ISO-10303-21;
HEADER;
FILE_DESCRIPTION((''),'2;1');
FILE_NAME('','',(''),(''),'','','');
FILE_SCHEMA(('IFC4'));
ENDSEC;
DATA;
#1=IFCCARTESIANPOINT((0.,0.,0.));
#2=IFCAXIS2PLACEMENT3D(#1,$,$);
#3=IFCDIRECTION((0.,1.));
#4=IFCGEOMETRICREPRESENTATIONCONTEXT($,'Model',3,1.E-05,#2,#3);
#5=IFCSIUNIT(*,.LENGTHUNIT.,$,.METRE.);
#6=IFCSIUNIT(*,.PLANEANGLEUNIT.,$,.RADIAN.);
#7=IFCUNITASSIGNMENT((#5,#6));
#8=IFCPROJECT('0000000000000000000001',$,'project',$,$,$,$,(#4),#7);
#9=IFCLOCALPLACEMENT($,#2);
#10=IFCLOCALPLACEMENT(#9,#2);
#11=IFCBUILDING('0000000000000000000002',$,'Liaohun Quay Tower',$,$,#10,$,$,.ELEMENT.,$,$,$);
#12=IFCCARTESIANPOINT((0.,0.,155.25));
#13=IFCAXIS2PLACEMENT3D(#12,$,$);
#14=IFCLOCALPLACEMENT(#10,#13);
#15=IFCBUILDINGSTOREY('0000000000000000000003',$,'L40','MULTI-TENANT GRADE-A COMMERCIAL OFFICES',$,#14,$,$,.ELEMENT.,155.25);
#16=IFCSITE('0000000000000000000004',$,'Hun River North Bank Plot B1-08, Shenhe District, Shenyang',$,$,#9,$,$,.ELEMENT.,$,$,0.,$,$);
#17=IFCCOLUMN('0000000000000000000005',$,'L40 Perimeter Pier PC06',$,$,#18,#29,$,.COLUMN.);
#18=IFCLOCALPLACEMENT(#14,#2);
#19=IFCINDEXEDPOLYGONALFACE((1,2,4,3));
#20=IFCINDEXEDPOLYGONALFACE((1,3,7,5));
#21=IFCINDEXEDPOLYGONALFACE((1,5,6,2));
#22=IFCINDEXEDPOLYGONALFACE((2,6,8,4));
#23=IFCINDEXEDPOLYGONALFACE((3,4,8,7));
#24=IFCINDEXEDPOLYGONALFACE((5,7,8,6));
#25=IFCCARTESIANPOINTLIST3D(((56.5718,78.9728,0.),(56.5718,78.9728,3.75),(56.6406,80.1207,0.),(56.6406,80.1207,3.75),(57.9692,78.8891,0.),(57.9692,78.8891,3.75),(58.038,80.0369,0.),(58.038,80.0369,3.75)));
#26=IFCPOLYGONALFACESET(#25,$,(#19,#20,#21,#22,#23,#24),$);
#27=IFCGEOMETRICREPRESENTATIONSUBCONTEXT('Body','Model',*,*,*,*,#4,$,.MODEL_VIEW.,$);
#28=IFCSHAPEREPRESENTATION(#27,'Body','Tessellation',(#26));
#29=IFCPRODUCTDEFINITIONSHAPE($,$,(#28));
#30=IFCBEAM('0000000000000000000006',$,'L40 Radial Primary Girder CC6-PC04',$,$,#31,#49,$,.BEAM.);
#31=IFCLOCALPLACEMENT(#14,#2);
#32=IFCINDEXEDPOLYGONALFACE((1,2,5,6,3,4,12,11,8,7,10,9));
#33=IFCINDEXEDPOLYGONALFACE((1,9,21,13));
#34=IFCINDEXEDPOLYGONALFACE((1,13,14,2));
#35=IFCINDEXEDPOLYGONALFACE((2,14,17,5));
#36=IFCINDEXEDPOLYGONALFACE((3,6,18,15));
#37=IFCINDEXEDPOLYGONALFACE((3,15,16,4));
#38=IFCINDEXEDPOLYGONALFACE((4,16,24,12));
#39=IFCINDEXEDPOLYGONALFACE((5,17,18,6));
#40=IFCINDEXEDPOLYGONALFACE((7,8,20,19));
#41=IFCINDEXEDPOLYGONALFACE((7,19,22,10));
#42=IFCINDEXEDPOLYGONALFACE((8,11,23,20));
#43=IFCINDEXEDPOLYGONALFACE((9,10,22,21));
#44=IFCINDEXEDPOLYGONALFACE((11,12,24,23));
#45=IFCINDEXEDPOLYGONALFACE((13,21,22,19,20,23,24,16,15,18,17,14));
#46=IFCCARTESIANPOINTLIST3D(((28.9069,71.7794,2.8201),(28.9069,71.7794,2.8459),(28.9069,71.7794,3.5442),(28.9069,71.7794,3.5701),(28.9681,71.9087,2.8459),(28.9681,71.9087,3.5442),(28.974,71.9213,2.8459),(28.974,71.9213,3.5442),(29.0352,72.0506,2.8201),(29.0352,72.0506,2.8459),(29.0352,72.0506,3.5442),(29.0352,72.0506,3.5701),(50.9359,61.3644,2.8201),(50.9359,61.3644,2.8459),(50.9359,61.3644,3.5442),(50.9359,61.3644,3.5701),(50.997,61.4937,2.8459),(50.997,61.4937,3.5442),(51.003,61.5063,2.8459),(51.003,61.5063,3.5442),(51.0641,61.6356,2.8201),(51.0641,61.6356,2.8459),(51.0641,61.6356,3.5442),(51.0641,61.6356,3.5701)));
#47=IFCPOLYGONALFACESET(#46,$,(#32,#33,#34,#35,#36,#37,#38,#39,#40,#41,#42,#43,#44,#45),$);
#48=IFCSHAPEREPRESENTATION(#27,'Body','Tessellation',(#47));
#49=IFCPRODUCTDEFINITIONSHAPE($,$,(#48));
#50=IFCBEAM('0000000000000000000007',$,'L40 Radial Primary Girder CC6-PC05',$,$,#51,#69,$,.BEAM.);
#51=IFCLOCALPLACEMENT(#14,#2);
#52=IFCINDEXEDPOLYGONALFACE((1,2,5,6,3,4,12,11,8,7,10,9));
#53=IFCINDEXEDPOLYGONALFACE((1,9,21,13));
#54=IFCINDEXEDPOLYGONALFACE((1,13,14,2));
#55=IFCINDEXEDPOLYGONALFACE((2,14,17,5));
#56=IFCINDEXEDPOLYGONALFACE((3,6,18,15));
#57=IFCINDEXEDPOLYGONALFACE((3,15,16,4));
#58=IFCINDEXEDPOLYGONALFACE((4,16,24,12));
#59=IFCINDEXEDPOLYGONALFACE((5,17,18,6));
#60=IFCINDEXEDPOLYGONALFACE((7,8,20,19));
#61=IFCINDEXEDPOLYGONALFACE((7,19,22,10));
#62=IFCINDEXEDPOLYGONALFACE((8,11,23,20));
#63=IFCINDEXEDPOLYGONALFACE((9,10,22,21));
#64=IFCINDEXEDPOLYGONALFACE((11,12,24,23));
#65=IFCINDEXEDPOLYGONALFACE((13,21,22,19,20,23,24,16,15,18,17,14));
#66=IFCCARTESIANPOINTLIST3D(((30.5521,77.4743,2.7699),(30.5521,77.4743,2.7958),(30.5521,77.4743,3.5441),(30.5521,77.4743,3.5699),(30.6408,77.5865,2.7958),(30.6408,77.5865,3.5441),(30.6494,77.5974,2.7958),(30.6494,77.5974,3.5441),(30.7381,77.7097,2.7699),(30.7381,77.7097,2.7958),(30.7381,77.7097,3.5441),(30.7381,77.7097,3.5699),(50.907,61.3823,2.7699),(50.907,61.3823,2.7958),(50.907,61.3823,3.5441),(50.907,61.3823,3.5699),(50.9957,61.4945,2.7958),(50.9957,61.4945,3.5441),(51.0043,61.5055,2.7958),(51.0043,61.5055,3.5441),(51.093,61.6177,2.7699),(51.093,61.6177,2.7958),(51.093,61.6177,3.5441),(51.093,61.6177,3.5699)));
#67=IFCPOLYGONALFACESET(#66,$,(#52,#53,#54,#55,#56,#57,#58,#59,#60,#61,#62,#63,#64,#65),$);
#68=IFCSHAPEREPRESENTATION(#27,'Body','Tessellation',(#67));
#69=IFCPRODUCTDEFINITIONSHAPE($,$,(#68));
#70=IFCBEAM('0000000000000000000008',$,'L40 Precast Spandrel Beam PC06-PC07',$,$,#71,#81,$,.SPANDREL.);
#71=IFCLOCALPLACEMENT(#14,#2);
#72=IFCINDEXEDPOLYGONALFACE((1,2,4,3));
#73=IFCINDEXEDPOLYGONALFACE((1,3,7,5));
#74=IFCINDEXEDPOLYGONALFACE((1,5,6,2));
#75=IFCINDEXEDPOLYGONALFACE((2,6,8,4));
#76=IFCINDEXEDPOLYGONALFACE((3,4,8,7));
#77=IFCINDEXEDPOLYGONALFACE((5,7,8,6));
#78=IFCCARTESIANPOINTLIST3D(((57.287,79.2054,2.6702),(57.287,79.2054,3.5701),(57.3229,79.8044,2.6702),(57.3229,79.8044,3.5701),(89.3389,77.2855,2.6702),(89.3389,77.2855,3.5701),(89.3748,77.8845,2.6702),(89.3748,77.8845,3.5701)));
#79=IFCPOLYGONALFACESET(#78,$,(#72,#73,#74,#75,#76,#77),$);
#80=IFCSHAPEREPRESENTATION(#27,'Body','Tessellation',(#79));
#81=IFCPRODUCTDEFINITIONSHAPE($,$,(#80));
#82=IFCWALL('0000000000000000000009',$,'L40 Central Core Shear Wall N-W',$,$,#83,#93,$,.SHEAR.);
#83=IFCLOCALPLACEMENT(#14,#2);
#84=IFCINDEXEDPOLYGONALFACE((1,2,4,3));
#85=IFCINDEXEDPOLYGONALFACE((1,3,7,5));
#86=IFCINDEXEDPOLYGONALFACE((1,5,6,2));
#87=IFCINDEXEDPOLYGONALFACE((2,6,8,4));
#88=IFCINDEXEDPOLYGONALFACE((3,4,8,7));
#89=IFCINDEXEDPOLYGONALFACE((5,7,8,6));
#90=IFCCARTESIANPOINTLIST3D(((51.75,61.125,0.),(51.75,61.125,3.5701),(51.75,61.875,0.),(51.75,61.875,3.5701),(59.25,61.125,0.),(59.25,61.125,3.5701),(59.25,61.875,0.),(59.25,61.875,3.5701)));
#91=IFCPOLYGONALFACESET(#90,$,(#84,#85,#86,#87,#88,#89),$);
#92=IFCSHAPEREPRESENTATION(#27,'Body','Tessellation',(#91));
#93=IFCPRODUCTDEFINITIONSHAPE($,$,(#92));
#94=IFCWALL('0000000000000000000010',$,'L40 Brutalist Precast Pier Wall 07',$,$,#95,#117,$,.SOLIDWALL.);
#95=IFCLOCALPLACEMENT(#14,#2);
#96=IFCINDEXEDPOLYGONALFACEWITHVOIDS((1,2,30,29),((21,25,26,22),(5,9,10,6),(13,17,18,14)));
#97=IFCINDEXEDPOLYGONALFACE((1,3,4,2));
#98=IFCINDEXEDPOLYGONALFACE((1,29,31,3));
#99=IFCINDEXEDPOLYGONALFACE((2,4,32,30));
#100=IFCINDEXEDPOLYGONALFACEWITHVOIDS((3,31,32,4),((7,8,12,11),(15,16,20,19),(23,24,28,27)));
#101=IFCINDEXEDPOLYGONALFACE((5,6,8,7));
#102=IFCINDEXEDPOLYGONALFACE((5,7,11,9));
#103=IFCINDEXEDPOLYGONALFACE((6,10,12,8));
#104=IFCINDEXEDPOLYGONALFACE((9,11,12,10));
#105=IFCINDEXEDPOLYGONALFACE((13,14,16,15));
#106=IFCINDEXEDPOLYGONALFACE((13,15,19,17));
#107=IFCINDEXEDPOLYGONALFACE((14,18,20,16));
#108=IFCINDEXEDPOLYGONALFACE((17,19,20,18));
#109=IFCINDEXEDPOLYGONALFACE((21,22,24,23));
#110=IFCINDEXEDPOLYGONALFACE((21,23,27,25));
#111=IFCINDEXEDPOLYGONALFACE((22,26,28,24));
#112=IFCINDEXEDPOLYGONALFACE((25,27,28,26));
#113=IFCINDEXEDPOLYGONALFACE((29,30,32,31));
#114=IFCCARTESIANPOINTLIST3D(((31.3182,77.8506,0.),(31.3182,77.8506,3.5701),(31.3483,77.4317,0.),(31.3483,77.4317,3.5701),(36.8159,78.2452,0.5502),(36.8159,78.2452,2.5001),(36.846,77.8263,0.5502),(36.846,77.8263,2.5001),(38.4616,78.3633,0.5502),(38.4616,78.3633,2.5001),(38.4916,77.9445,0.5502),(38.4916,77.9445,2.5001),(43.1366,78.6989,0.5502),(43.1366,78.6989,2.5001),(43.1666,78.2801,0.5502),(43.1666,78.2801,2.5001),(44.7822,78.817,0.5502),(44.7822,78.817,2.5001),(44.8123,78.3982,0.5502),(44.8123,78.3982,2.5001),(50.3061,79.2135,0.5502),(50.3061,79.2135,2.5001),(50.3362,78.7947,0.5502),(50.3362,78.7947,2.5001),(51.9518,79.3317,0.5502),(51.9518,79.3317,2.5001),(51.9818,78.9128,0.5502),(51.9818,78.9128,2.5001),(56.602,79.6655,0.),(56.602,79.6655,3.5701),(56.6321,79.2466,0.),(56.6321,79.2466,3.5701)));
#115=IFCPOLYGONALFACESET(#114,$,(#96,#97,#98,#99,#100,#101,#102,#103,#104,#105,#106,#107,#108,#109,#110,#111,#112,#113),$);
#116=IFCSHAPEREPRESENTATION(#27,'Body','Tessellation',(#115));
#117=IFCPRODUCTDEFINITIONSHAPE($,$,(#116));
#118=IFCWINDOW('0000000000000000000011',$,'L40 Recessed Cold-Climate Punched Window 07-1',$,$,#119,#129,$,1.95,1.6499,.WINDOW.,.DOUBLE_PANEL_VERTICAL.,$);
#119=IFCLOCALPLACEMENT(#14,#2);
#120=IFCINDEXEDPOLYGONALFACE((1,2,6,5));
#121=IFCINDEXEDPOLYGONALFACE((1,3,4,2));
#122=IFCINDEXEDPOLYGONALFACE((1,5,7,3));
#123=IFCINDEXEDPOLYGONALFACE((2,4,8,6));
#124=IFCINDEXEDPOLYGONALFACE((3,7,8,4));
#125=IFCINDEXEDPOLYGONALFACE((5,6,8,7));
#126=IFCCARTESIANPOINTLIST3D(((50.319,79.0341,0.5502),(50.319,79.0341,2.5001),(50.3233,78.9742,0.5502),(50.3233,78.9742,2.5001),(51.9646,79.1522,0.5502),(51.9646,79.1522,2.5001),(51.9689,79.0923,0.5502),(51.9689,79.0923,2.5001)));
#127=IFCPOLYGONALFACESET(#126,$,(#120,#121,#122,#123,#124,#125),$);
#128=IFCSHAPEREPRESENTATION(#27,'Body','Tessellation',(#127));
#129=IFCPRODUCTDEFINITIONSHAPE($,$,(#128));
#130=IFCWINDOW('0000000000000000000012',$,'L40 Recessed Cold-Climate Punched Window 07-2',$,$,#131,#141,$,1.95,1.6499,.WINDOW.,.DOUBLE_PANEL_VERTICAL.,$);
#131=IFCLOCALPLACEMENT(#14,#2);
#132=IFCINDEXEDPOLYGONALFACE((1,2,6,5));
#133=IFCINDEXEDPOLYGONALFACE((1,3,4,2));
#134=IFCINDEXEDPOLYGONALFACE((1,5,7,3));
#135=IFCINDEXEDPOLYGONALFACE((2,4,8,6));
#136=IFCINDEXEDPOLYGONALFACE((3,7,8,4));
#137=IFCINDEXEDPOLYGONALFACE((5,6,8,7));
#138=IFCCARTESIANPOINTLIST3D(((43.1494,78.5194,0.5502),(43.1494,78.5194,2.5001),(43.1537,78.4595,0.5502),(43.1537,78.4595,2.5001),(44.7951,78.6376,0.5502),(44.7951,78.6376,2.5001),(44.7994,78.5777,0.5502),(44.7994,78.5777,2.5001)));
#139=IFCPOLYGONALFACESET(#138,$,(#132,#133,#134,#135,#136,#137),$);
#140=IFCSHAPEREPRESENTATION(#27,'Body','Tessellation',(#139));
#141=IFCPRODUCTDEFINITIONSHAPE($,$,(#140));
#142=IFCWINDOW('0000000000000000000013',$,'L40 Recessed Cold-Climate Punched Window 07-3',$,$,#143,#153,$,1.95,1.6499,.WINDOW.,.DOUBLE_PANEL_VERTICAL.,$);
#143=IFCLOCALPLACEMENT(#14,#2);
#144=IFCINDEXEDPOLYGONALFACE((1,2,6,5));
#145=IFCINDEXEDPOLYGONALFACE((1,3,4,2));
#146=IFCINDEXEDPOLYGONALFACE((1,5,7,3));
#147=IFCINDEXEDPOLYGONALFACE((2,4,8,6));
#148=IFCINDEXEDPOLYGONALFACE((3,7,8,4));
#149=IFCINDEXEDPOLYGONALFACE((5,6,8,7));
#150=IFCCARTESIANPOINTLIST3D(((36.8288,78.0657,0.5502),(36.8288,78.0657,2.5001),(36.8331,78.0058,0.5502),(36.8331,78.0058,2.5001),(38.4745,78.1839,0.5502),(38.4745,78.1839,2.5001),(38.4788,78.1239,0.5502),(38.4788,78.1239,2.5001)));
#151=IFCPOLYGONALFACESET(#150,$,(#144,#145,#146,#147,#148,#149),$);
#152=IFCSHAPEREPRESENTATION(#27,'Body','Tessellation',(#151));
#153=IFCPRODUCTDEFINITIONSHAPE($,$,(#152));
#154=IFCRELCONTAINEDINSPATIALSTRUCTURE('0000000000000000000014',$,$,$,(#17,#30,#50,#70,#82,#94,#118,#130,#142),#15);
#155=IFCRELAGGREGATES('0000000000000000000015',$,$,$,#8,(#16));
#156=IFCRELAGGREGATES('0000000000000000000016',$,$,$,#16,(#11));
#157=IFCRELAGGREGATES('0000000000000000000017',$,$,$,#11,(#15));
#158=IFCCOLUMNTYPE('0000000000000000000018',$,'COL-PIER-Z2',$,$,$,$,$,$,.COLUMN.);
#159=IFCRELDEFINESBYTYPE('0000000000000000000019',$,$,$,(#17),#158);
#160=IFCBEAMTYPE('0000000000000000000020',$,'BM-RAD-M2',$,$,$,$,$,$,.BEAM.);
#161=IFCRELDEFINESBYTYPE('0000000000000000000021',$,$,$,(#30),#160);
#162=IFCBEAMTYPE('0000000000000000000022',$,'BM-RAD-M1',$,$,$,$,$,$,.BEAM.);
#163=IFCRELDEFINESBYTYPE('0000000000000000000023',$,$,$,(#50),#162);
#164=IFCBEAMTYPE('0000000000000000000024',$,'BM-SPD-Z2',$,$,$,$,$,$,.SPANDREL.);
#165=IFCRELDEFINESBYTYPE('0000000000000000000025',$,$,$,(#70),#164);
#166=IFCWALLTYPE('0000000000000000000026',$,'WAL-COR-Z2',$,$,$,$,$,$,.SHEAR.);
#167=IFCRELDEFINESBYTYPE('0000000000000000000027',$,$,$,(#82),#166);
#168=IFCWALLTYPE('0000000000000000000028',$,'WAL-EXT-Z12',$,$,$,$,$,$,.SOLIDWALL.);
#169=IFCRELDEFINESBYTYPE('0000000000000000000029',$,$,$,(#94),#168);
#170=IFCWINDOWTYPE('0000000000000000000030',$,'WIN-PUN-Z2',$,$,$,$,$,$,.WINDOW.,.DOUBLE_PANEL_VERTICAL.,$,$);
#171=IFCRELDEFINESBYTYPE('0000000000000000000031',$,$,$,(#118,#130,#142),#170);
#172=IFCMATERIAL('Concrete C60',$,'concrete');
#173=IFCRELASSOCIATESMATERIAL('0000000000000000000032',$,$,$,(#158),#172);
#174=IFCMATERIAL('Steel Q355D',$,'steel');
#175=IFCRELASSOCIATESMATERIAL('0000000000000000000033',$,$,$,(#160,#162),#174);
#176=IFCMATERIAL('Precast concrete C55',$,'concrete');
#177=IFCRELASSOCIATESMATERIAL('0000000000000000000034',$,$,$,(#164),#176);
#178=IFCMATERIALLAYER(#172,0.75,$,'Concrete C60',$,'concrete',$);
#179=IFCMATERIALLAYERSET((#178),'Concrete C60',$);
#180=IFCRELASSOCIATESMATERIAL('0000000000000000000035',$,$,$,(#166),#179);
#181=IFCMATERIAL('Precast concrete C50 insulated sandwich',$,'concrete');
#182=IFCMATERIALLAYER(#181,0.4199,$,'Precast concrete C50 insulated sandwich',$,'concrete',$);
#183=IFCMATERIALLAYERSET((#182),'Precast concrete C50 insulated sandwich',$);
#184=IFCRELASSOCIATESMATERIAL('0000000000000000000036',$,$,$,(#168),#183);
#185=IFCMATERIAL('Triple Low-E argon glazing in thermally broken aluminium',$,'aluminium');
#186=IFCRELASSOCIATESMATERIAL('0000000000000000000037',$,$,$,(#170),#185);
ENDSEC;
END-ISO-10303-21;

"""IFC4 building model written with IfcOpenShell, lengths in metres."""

from ifc_helpers import new_model, si_unit, direction, frame, frame_2d, origin, origin_2d, place, context, subcontext, project, spatial, rectangle, i_section, extrude, source, transform, mapped, material, layer, layer_set, material_profile, profile_set, type_object, element, fill, save


model = new_model("IFC4")

# Units and contexts
model_context = context("Model", 3, precision=1e-05, world=origin(), true_north=direction((0.0, 1.0)))
body_context = subcontext(model_context, "Body", "Model", "MODEL_VIEW")
ifc_project = project(units=[si_unit("LENGTHUNIT", "METRE"), si_unit("PLANEANGLEUNIT", "RADIAN")], contexts=[model_context])

# Site, building, storey
site_placement = place(None, origin())
site = spatial("IfcSite", under=ifc_project, at=site_placement, Name="Hun River North Bank Plot B1-08, Shenhe District, Shenyang", CompositionType="ELEMENT", RefElevation=0.0)
building_placement = place(site_placement, origin())
building = spatial("IfcBuilding", under=site, at=building_placement, Name="Liaohun Quay Tower", CompositionType="ELEMENT")
storey_placement = place(building_placement, frame((0.0, 0.0, 155.25)))
storey = spatial("IfcBuildingStorey", under=building, at=storey_placement, Name="L40", Description="MULTI-TENANT GRADE-A COMMERCIAL OFFICES", CompositionType="ELEMENT", Elevation=155.25)

# Column
ifc_material_1 = material(Name="Concrete C60", Category="concrete")
ifc_material_profile_1 = material_profile(ifc_material_1, rectangle(XDim=1.3999, YDim=1.1499, at=origin_2d()), Name="RC1400x1150")
ifc_profile_set_1 = profile_set([ifc_material_profile_1], Name="Concrete C60")
column_type = type_object("IfcColumnType", Name="COL-PIER-Z2", PredefinedType="COLUMN", material=ifc_profile_set_1)
shared_shape_1 = source(origin(), body_context, "Body", "SweptSolid", [
    extrude(rectangle(XDim=1.3999, YDim=1.1499, at=origin_2d()), origin(), (0.0, 0.0, 1.0), 3.75),
])
column_placement = place(storey_placement, frame((57.3049, 79.5049, 0.0), z_axis=(0.0, 0.0, 1.0), x_axis=(-0.998209, 0.059829, 0.0)))
element("IfcColumn", 1, at=column_placement, inside=storey, type_object=column_type, Name="L40 Perimeter Pier PC06", PredefinedType="COLUMN", context=body_context, shape_type="MappedRepresentation", body=[
    mapped(shared_shape_1, transform((0.0, 0.0, 0.0), x_axis=(1.0, 0.0, 0.0), y_axis=(0.0, 1.0, 0.0), z_axis=(0.0, 0.0, 1.0), scale=1.0)),
])

# Beams
ifc_material_2 = material(Name="Steel Q355D", Category="steel")
ifc_material_profile_2 = material_profile(ifc_material_2, i_section(OverallWidth=0.3, OverallDepth=0.75, WebThickness=0.0139, FlangeThickness=0.0259, at=origin_2d()), Name="HN750x300x14x26")
ifc_profile_set_2 = profile_set([ifc_material_profile_2], Name="Steel Q355D")
beam_type_1 = type_object("IfcBeamType", Name="BM-RAD-M2", PredefinedType="BEAM", material=ifc_profile_set_2)
shared_shape_2 = source(origin(), body_context, "Body", "SweptSolid", [
    extrude(i_section(OverallWidth=0.3, OverallDepth=0.75, WebThickness=0.0139, FlangeThickness=0.0259, at=origin_2d()), origin(), (0.0, 0.0, 1.0), 24.3669),
])
beam_1_placement = place(storey_placement, frame((51.0, 61.5, 3.1951), z_axis=(-0.904052, 0.427423, 0.0), x_axis=(-0.427423, -0.904052, 0.0)))
element("IfcBeam", 2, at=beam_1_placement, inside=storey, type_object=beam_type_1, Name="L40 Radial Primary Girder CC6-PC04", PredefinedType="BEAM", context=body_context, shape_type="MappedRepresentation", body=[
    mapped(shared_shape_2, transform((0.0, 0.0, 0.0), x_axis=(1.0, 0.0, 0.0), y_axis=(0.0, 1.0, 0.0), z_axis=(0.0, 0.0, 1.0), scale=1.0)),
])
ifc_material_profile_3 = material_profile(ifc_material_2, i_section(OverallWidth=0.3, OverallDepth=0.8, WebThickness=0.0139, FlangeThickness=0.0259, at=origin_2d()), Name="HN800x300x14x26")
ifc_profile_set_3 = profile_set([ifc_material_profile_3], Name="Steel Q355D")
beam_type_2 = type_object("IfcBeamType", Name="BM-RAD-M1", PredefinedType="BEAM", material=ifc_profile_set_3)
shared_shape_3 = source(origin(), body_context, "Body", "SweptSolid", [
    extrude(i_section(OverallWidth=0.3, OverallDepth=0.8, WebThickness=0.0139, FlangeThickness=0.0259, at=origin_2d()), origin(), (0.0, 0.0, 1.0), 25.9475),
])
beam_2_placement = place(storey_placement, frame((51.0, 61.5, 3.1699), z_axis=(-0.784464, 0.620174, 0.0), x_axis=(-0.620174, -0.784464, 0.0)))
element("IfcBeam", 3, at=beam_2_placement, inside=storey, type_object=beam_type_2, Name="L40 Radial Primary Girder CC6-PC05", PredefinedType="BEAM", context=body_context, shape_type="MappedRepresentation", body=[
    mapped(shared_shape_3, transform((0.0, 0.0, 0.0), x_axis=(1.0, 0.0, 0.0), y_axis=(0.0, 1.0, 0.0), z_axis=(0.0, 0.0, 1.0), scale=1.0)),
])
ifc_material_3 = material(Name="Precast concrete C55", Category="concrete")
ifc_material_profile_4 = material_profile(ifc_material_3, rectangle(XDim=0.6001, YDim=0.8999, at=origin_2d()), Name="RC600x900")
ifc_profile_set_4 = profile_set([ifc_material_profile_4], Name="Precast concrete C55")
beam_type_3 = type_object("IfcBeamType", Name="BM-SPD-Z2", PredefinedType="SPANDREL", material=ifc_profile_set_4)
shared_shape_4 = source(origin(), body_context, "Body", "SweptSolid", [
    extrude(rectangle(XDim=0.6001, YDim=0.8999, at=origin_2d()), origin(), (0.0, 0.0, 1.0), 32.1094),
])
beam_3_placement = place(storey_placement, frame((57.3049, 79.5049, 3.1201), z_axis=(0.998211, -0.059793, 0.0), x_axis=(0.059793, 0.998211, 0.0)))
element("IfcBeam", 4, at=beam_3_placement, inside=storey, type_object=beam_type_3, Name="L40 Precast Spandrel Beam PC06-PC07", PredefinedType="SPANDREL", context=body_context, shape_type="MappedRepresentation", body=[
    mapped(shared_shape_4, transform((0.0, 0.0, 0.0), x_axis=(1.0, 0.0, 0.0), y_axis=(0.0, 1.0, 0.0), z_axis=(0.0, 0.0, 1.0), scale=1.0)),
])

# Wall
ifc_layer_1 = layer(ifc_material_1, 0.75, Name="Concrete C60", Category="concrete")
ifc_layer_set_1 = layer_set([ifc_layer_1], Name="Concrete C60")
wall_type_1 = type_object("IfcWallType", Name="WAL-COR-Z2", PredefinedType="SHEAR", material=ifc_layer_set_1)
wall_1_placement = place(storey_placement, frame((51.75, 61.5, 0.0), z_axis=(0.0, 0.0, 1.0), x_axis=(1.0, 0.0, 0.0)))
element("IfcWall", 5, at=wall_1_placement, inside=storey, type_object=wall_type_1, Name="L40 Central Core Shear Wall N-W", PredefinedType="SHEAR", context=body_context, shape_type="SweptSolid", body=[
    extrude(rectangle(XDim=7.5, YDim=0.75, at=frame_2d((3.75, 0.0))), origin(), (0.0, 0.0, 1.0), 3.5701),
])

# Wall, openings, windows
ifc_material_4 = material(Name="Precast concrete C50 insulated sandwich", Category="concrete")
ifc_layer_2 = layer(ifc_material_4, 0.4199, Name="Precast concrete C50 insulated sandwich", Category="concrete")
ifc_layer_set_2 = layer_set([ifc_layer_2], Name="Precast concrete C50 insulated sandwich")
wall_type_2 = type_object("IfcWallType", Name="WAL-EXT-Z12", PredefinedType="SOLIDWALL", material=ifc_layer_set_2)
wall_2_placement = place(storey_placement, frame((56.6169, 79.4561, 0.0), z_axis=(0.0, 0.0, 1.0), x_axis=(-0.997434, -0.071598, 0.0)))
wall_2 = element("IfcWall", 6, at=wall_2_placement, inside=storey, type_object=wall_type_2, Name="L40 Brutalist Precast Pier Wall 07", PredefinedType="SOLIDWALL", context=body_context, shape_type="SweptSolid", body=[
    extrude(rectangle(XDim=25.3489, YDim=0.4199, at=frame_2d((12.6743, 0.0))), origin(), (0.0, 0.0, 1.0), 3.5701),
])
shared_shape_5 = source(origin(), body_context, "Body", "SweptSolid", [
    extrude(rectangle(XDim=1.6499, YDim=1.95, at=frame_2d((0.825, 0.9751))), frame((0.0, 0.22, 0.0), z_axis=(0.0, -1.0, 0.0), x_axis=(1.0, 0.0, 0.0)), (0.0, 0.0, 1.0), 0.4399),
])
opening_1_placement = place(wall_2_placement, frame((4.6621, 0.0, 0.55)))
opening_1 = element("IfcOpeningElement", 7, at=opening_1_placement, cuts=wall_2, PredefinedType="OPENING", context=body_context, shape_type="MappedRepresentation", body=[
    mapped(shared_shape_5, transform((0.0, 0.0, 0.0), x_axis=(1.0, 0.0, 0.0), y_axis=(0.0, 1.0, 0.0), z_axis=(0.0, 0.0, 1.0), scale=1.0)),
])
opening_2_placement = place(wall_2_placement, frame((11.8501, 0.0, 0.55)))
opening_2 = element("IfcOpeningElement", 8, at=opening_2_placement, cuts=wall_2, PredefinedType="OPENING", context=body_context, shape_type="MappedRepresentation", body=[
    mapped(shared_shape_5, transform((0.0, 0.0, 0.0), x_axis=(1.0, 0.0, 0.0), y_axis=(0.0, 1.0, 0.0), z_axis=(0.0, 0.0, 1.0), scale=1.0)),
])
opening_3_placement = place(wall_2_placement, frame((18.187, 0.0, 0.55)))
opening_3 = element("IfcOpeningElement", 9, at=opening_3_placement, cuts=wall_2, PredefinedType="OPENING", context=body_context, shape_type="MappedRepresentation", body=[
    mapped(shared_shape_5, transform((0.0, 0.0, 0.0), x_axis=(1.0, 0.0, 0.0), y_axis=(0.0, 1.0, 0.0), z_axis=(0.0, 0.0, 1.0), scale=1.0)),
])
ifc_material_5 = material(Name="Triple Low-E argon glazing in thermally broken aluminium", Category="aluminium")
window_type = type_object("IfcWindowType", Name="WIN-PUN-Z2", PartitioningType="DOUBLE_PANEL_VERTICAL", PredefinedType="WINDOW", material=ifc_material_5)
shared_shape_6 = source(origin(), body_context, "Body", "SweptSolid", [
    extrude(rectangle(XDim=1.6499, YDim=1.95, at=frame_2d((0.825, 0.9751))), frame((0.0, 0.03, 0.0), z_axis=(0.0, -1.0, 0.0), x_axis=(1.0, 0.0, 0.0)), (0.0, 0.0, 1.0), 0.0601),
])
window_1_placement = place(opening_1_placement, origin())
window_1 = element("IfcWindow", 10, at=window_1_placement, inside=storey, type_object=window_type, Name="L40 Recessed Cold-Climate Punched Window 07-1", OverallHeight=1.95, OverallWidth=1.6499, PartitioningType="DOUBLE_PANEL_VERTICAL", PredefinedType="WINDOW", context=body_context, shape_type="MappedRepresentation", body=[
    mapped(shared_shape_6, transform((0.0, 0.0, 0.0), x_axis=(1.0, 0.0, 0.0), y_axis=(0.0, 1.0, 0.0), z_axis=(0.0, 0.0, 1.0), scale=1.0)),
])
fill(opening_1, window_1)
window_2_placement = place(opening_2_placement, origin())
window_2 = element("IfcWindow", 11, at=window_2_placement, inside=storey, type_object=window_type, Name="L40 Recessed Cold-Climate Punched Window 07-2", OverallHeight=1.95, OverallWidth=1.6499, PartitioningType="DOUBLE_PANEL_VERTICAL", PredefinedType="WINDOW", context=body_context, shape_type="MappedRepresentation", body=[
    mapped(shared_shape_6, transform((0.0, 0.0, 0.0), x_axis=(1.0, 0.0, 0.0), y_axis=(0.0, 1.0, 0.0), z_axis=(0.0, 0.0, 1.0), scale=1.0)),
])
fill(opening_2, window_2)
window_3_placement = place(opening_3_placement, origin())
window_3 = element("IfcWindow", 12, at=window_3_placement, inside=storey, type_object=window_type, Name="L40 Recessed Cold-Climate Punched Window 07-3", OverallHeight=1.95, OverallWidth=1.6499, PartitioningType="DOUBLE_PANEL_VERTICAL", PredefinedType="WINDOW", context=body_context, shape_type="MappedRepresentation", body=[
    mapped(shared_shape_6, transform((0.0, 0.0, 0.0), x_axis=(1.0, 0.0, 0.0), y_axis=(0.0, 1.0, 0.0), z_axis=(0.0, 0.0, 1.0), scale=1.0)),
])
fill(opening_3, window_3)

save(model, "model.ifc")
